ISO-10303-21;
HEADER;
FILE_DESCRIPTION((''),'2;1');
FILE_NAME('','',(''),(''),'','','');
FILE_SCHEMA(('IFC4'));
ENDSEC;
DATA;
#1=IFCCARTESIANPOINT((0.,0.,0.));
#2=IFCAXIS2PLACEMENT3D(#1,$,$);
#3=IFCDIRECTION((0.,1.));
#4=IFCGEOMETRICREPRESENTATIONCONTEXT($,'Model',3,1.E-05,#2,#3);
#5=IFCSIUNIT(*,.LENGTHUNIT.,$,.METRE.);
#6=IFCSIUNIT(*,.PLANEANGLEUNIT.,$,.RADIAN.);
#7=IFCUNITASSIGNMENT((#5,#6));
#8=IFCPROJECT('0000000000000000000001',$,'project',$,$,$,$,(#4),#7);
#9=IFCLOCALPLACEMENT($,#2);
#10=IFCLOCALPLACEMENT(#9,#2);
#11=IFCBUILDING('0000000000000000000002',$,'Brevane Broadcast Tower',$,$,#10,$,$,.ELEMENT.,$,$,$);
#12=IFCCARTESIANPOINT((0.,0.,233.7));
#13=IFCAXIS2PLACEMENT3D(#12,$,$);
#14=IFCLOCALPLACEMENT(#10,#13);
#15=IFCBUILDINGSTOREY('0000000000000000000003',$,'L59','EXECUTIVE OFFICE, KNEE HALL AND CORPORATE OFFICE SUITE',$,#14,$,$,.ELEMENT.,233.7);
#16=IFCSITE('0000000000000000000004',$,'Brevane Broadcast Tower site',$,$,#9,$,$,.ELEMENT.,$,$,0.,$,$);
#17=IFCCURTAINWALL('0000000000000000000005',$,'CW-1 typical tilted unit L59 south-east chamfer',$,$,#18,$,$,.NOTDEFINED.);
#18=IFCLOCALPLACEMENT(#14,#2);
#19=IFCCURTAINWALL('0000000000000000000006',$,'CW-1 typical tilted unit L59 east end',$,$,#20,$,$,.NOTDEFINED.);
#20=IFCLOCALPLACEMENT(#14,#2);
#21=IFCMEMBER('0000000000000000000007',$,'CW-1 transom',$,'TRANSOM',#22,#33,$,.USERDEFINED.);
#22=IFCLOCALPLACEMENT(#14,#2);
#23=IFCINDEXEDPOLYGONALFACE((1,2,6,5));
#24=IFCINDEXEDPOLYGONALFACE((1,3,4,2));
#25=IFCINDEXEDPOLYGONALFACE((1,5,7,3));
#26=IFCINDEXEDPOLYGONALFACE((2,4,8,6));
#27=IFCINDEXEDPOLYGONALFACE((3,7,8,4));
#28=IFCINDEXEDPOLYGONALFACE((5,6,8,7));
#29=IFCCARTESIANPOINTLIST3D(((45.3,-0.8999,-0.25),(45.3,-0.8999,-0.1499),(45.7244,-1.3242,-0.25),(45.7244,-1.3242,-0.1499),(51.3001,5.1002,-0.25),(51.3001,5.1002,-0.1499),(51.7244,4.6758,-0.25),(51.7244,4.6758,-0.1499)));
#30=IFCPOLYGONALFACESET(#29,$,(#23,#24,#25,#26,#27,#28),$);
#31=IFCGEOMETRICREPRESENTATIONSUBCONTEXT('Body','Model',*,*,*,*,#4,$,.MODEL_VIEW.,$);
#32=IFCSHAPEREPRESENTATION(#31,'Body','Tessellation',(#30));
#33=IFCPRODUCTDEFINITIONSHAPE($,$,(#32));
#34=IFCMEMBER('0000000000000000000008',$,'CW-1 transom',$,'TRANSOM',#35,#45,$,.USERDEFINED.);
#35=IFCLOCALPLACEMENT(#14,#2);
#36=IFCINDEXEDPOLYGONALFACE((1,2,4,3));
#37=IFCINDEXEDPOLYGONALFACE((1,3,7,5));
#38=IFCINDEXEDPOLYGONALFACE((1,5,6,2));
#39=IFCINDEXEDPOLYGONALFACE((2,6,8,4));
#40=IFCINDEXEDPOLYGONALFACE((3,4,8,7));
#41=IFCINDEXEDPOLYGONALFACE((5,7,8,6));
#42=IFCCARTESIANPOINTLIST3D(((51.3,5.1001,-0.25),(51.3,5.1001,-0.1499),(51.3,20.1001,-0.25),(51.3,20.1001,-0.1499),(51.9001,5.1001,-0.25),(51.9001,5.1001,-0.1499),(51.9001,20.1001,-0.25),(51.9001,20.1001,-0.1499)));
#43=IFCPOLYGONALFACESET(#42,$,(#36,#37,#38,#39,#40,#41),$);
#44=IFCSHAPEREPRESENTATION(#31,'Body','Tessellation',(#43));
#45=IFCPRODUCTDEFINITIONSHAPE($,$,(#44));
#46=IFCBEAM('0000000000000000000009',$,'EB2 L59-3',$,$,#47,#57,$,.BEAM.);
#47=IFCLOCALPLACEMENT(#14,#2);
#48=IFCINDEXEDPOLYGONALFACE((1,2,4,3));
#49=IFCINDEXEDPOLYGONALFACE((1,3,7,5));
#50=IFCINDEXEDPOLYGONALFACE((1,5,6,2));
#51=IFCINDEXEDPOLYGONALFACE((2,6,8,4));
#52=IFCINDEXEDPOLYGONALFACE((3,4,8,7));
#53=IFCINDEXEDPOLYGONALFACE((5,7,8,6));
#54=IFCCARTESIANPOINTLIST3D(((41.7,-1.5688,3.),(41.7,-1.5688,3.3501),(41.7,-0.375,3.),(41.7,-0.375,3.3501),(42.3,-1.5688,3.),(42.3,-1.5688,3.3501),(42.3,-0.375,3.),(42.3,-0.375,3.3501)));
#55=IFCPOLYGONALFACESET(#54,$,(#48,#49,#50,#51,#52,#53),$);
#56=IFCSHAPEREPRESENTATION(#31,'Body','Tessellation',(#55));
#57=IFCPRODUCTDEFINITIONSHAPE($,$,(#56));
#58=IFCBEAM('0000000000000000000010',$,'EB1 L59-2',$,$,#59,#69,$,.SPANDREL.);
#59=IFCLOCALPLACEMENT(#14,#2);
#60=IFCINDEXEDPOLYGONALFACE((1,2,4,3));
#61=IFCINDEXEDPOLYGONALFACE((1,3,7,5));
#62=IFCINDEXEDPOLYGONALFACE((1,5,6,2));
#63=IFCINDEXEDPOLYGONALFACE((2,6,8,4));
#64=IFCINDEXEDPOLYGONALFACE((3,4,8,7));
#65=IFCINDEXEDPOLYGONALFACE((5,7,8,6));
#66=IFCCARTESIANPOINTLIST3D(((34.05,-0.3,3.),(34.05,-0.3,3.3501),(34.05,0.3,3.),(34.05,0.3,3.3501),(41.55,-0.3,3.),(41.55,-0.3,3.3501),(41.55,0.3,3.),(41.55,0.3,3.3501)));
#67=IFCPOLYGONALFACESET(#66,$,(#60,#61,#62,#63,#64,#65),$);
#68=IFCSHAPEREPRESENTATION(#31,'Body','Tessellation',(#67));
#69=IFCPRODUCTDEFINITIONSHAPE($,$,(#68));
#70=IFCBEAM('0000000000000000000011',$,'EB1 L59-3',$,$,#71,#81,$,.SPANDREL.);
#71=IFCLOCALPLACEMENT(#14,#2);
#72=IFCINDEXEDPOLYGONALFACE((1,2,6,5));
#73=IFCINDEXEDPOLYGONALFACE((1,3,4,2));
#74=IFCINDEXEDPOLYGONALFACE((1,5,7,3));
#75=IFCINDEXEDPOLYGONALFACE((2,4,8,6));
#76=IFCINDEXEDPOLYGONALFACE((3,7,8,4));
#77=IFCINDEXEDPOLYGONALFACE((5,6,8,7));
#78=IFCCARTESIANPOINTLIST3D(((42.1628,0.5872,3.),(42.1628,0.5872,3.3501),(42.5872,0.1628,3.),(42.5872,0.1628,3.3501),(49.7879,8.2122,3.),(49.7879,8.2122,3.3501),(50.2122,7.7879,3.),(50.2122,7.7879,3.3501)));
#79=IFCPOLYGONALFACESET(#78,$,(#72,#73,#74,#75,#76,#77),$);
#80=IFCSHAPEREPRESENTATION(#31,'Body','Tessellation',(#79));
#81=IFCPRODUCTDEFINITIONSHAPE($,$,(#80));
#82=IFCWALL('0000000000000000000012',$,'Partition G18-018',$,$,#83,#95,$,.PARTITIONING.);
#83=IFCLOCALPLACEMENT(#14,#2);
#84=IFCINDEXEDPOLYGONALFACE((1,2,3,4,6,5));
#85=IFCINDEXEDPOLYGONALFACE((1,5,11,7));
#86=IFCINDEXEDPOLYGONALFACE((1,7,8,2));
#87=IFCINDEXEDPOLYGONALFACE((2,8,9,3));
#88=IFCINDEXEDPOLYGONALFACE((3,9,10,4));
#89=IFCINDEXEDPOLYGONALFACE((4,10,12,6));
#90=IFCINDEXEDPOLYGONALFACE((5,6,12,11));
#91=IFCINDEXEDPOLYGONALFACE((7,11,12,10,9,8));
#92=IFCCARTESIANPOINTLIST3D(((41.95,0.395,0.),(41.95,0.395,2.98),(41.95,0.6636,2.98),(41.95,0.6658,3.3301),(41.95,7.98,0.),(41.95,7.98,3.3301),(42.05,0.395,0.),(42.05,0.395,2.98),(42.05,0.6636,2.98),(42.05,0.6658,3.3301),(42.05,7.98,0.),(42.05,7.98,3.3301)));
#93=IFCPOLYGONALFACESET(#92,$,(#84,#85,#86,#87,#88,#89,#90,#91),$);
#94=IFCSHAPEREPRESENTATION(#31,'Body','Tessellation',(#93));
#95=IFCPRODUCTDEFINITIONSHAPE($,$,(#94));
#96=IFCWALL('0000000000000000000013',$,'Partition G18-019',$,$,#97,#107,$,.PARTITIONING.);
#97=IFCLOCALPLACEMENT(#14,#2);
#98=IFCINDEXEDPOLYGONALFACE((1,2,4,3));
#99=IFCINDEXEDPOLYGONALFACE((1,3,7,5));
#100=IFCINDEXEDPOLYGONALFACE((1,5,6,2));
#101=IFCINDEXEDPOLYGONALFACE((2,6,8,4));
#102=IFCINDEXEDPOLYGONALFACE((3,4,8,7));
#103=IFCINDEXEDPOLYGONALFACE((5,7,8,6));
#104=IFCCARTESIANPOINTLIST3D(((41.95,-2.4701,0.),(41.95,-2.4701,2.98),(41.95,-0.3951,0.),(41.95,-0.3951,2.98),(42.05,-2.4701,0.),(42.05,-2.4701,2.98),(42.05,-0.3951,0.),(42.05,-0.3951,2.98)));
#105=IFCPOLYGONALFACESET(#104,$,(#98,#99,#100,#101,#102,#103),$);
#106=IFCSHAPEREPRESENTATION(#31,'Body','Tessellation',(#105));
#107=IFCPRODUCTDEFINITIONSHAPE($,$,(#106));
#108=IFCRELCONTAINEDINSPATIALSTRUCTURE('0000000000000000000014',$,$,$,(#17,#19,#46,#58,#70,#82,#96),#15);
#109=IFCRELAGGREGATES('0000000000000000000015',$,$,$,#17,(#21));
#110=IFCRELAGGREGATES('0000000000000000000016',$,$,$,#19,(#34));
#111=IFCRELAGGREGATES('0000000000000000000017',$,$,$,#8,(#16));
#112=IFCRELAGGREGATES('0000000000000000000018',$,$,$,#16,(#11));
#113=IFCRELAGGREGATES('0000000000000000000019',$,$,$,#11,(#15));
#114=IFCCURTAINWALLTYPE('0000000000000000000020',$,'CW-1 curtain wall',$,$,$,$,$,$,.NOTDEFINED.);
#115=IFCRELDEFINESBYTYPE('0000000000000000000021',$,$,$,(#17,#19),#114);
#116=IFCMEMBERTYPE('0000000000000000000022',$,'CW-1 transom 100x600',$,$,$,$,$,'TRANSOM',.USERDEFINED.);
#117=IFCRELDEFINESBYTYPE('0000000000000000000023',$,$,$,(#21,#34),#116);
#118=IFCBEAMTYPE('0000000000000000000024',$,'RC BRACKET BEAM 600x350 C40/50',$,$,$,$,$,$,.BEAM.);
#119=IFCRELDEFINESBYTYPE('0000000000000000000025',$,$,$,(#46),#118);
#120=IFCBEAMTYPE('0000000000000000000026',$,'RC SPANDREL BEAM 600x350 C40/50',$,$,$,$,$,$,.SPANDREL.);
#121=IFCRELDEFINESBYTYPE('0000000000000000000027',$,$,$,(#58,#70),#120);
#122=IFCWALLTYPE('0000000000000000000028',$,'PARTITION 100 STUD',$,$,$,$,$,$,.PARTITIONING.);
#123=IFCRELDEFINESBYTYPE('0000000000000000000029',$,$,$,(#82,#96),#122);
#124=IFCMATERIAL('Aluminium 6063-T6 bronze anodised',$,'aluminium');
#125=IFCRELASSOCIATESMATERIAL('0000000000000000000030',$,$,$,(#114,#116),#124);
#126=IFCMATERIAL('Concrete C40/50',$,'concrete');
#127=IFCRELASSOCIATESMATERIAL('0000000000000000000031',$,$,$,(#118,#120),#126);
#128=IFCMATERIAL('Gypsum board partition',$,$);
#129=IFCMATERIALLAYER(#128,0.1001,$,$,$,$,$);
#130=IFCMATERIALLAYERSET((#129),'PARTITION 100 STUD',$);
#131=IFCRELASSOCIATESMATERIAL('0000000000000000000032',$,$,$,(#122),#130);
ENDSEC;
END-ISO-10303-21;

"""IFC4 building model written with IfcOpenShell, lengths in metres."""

from ifc_helpers import new_model, si_unit, direction, frame, frame_2d, origin, origin_2d, place, context, subcontext, project, spatial, polyline, rectangle, outline, extrude, material, layer, layer_set, material_profile, profile_set, type_object, element, aggregate, save


model = new_model("IFC4")

# Units and contexts
model_context = context("Model", 3, precision=1e-05, world=origin(), true_north=direction((0.0, 1.0)))
body_context = subcontext(model_context, "Body", "Model", "MODEL_VIEW")
ifc_project = project(units=[si_unit("LENGTHUNIT", "METRE"), si_unit("PLANEANGLEUNIT", "RADIAN")], contexts=[model_context])

# Site, building, storey
site_placement = place(None, origin())
site = spatial("IfcSite", under=ifc_project, at=site_placement, Name="Brevane Broadcast Tower site", CompositionType="ELEMENT", RefElevation=0.0)
building_placement = place(site_placement, origin())
building = spatial("IfcBuilding", under=site, at=building_placement, Name="Brevane Broadcast Tower", CompositionType="ELEMENT")
storey_placement = place(building_placement, frame((0.0, 0.0, 233.7)))
storey = spatial("IfcBuildingStorey", under=building, at=storey_placement, Name="L59", Description="EXECUTIVE OFFICE, KNEE HALL AND CORPORATE OFFICE SUITE", CompositionType="ELEMENT", Elevation=233.7)

# Curtain wall
ifc_material_1 = material(Name="Aluminium 6063-T6 bronze anodised", Category="aluminium")
curtain_wall_type = type_object("IfcCurtainWallType", Name="CW-1 curtain wall", PredefinedType="NOTDEFINED", material=ifc_material_1)
curtain_wall_1_placement = place(storey_placement, origin())
curtain_wall_1 = element("IfcCurtainWall", 1, at=curtain_wall_1_placement, inside=storey, type_object=curtain_wall_type, Name="CW-1 typical tilted unit L59 south-east chamfer", PredefinedType="NOTDEFINED")

# Curtain wall
curtain_wall_2_placement = place(storey_placement, origin())
curtain_wall_2 = element("IfcCurtainWall", 2, at=curtain_wall_2_placement, inside=storey, type_object=curtain_wall_type, Name="CW-1 typical tilted unit L59 east end", PredefinedType="NOTDEFINED")

# Members
ifc_material_profile_1 = material_profile(ifc_material_1, rectangle(XDim=0.6001, YDim=0.1001, at=origin_2d()), Name="RECT 100x600")
ifc_profile_set_1 = profile_set([ifc_material_profile_1], Name="Aluminium 6063-T6 bronze anodised")
member_type_1 = type_object("IfcMemberType", Name="CW-1 transom 100x600", ElementType="TRANSOM", PredefinedType="USERDEFINED", material=ifc_profile_set_1)
member_1_placement = place(storey_placement, frame((45.5122, -1.1121, -0.2), z_axis=(0.707107, 0.707107, 0.0), x_axis=(-0.707107, 0.707107, 0.0)))
member_1 = element("IfcMember", 3, at=member_1_placement, type_object=member_type_1, Name="CW-1 transom", ObjectType="TRANSOM", PredefinedType="USERDEFINED", context=body_context, shape_type="SweptSolid", body=[
    extrude(rectangle(XDim=0.6001, YDim=0.1001, at=origin_2d()), origin(), (0.0, 0.0, 1.0), 8.4854),
])
aggregate(curtain_wall_1, [member_1])
member_2_placement = place(storey_placement, frame((51.6001, 5.1001, -0.2), z_axis=(0.0, 1.0, 0.0), x_axis=(-1.0, 0.0, 0.0)))
member_2 = element("IfcMember", 4, at=member_2_placement, type_object=member_type_1, Name="CW-1 transom", ObjectType="TRANSOM", PredefinedType="USERDEFINED", context=body_context, shape_type="SweptSolid", body=[
    extrude(rectangle(XDim=0.6001, YDim=0.1001, at=origin_2d()), origin(), (0.0, 0.0, 1.0), 15.0),
])
aggregate(curtain_wall_2, [member_2])

# Beams
ifc_material_2 = material(Name="Concrete C40/50", Category="concrete")
ifc_material_profile_2 = material_profile(ifc_material_2, rectangle(XDim=0.6001, YDim=0.3501, at=origin_2d()), Name="RC 600x350")
ifc_profile_set_2 = profile_set([ifc_material_profile_2], Name="Concrete C40/50")
beam_type_1 = type_object("IfcBeamType", Name="RC BRACKET BEAM 600x350 C40/50", PredefinedType="BEAM", material=ifc_profile_set_2)
beam_1_placement = place(storey_placement, frame((42.0, -0.375, 3.175), z_axis=(0.0, -1.0, 0.0), x_axis=(1.0, 0.0, 0.0)))
element("IfcBeam", 5, at=beam_1_placement, inside=storey, type_object=beam_type_1, Name="EB2 L59-3", PredefinedType="BEAM", context=body_context, shape_type="SweptSolid", body=[
    extrude(rectangle(XDim=0.6001, YDim=0.3501, at=origin_2d()), origin(), (0.0, 0.0, 1.0), 1.1938),
])
ifc_material_profile_3 = material_profile(ifc_material_2, rectangle(XDim=0.6001, YDim=0.3501, at=origin_2d()), Name="RC 600x350")
ifc_profile_set_3 = profile_set([ifc_material_profile_3], Name="Concrete C40/50")
beam_type_2 = type_object("IfcBeamType", Name="RC SPANDREL BEAM 600x350 C40/50", PredefinedType="SPANDREL", material=ifc_profile_set_3)
beam_2_placement = place(storey_placement, frame((34.05, 0.0, 3.175), z_axis=(1.0, 0.0, 0.0), x_axis=(0.0, 1.0, 0.0)))
element("IfcBeam", 6, at=beam_2_placement, inside=storey, type_object=beam_type_2, Name="EB1 L59-2", PredefinedType="SPANDREL", context=body_context, shape_type="SweptSolid", body=[
    extrude(rectangle(XDim=0.6001, YDim=0.3501, at=origin_2d()), origin(), (0.0, 0.0, 1.0), 7.5),
])
beam_3_placement = place(storey_placement, frame((42.375, 0.375, 3.175), z_axis=(0.707107, 0.707107, 0.0), x_axis=(-0.707107, 0.707107, 0.0)))
element("IfcBeam", 7, at=beam_3_placement, inside=storey, type_object=beam_type_2, Name="EB1 L59-3", PredefinedType="SPANDREL", context=body_context, shape_type="SweptSolid", body=[
    extrude(rectangle(XDim=0.6001, YDim=0.3501, at=origin_2d()), origin(), (0.0, 0.0, 1.0), 10.7834),
])

# Walls
ifc_material_3 = material(Name="Gypsum board partition")
ifc_layer = layer(ifc_material_3, 0.1001)
ifc_layer_set = layer_set([ifc_layer], Name="PARTITION 100 STUD")
wall_type = type_object("IfcWallType", Name="PARTITION 100 STUD", PredefinedType="PARTITIONING", material=ifc_layer_set)
wall_1_placement = place(storey_placement, frame((42.0, 7.98, 0.0), z_axis=(0.0, 0.0, 1.0), x_axis=(0.0, -1.0, 0.0)))
element("IfcWall", 8, at=wall_1_placement, inside=storey, type_object=wall_type, Name="Partition G18-018", PredefinedType="PARTITIONING", context=body_context, shape_type="SweptSolid", body=[
    extrude(outline(polyline([(0.0, 0.0), (7.585, 0.0), (7.585, 2.98), (7.3164, 2.98), (7.3142, 3.3301), (0.0, 3.3301), (0.0, 0.0)])), frame((0.0, 0.05, 0.0), z_axis=(0.0, -1.0, 0.0), x_axis=(1.0, 0.0, 0.0)), (0.0, 0.0, 1.0), 0.1001),
])
wall_2_placement = place(storey_placement, frame((42.0, -0.395, 0.0), z_axis=(0.0, 0.0, 1.0), x_axis=(0.0, -1.0, 0.0)))
element("IfcWall", 9, at=wall_2_placement, inside=storey, type_object=wall_type, Name="Partition G18-019", PredefinedType="PARTITIONING", context=body_context, shape_type="SweptSolid", body=[
    extrude(rectangle(XDim=2.075, YDim=0.1001, at=frame_2d((1.0376, 0.0))), origin(), (0.0, 0.0, 1.0), 2.98),
])

save(model, "model.ifc")
